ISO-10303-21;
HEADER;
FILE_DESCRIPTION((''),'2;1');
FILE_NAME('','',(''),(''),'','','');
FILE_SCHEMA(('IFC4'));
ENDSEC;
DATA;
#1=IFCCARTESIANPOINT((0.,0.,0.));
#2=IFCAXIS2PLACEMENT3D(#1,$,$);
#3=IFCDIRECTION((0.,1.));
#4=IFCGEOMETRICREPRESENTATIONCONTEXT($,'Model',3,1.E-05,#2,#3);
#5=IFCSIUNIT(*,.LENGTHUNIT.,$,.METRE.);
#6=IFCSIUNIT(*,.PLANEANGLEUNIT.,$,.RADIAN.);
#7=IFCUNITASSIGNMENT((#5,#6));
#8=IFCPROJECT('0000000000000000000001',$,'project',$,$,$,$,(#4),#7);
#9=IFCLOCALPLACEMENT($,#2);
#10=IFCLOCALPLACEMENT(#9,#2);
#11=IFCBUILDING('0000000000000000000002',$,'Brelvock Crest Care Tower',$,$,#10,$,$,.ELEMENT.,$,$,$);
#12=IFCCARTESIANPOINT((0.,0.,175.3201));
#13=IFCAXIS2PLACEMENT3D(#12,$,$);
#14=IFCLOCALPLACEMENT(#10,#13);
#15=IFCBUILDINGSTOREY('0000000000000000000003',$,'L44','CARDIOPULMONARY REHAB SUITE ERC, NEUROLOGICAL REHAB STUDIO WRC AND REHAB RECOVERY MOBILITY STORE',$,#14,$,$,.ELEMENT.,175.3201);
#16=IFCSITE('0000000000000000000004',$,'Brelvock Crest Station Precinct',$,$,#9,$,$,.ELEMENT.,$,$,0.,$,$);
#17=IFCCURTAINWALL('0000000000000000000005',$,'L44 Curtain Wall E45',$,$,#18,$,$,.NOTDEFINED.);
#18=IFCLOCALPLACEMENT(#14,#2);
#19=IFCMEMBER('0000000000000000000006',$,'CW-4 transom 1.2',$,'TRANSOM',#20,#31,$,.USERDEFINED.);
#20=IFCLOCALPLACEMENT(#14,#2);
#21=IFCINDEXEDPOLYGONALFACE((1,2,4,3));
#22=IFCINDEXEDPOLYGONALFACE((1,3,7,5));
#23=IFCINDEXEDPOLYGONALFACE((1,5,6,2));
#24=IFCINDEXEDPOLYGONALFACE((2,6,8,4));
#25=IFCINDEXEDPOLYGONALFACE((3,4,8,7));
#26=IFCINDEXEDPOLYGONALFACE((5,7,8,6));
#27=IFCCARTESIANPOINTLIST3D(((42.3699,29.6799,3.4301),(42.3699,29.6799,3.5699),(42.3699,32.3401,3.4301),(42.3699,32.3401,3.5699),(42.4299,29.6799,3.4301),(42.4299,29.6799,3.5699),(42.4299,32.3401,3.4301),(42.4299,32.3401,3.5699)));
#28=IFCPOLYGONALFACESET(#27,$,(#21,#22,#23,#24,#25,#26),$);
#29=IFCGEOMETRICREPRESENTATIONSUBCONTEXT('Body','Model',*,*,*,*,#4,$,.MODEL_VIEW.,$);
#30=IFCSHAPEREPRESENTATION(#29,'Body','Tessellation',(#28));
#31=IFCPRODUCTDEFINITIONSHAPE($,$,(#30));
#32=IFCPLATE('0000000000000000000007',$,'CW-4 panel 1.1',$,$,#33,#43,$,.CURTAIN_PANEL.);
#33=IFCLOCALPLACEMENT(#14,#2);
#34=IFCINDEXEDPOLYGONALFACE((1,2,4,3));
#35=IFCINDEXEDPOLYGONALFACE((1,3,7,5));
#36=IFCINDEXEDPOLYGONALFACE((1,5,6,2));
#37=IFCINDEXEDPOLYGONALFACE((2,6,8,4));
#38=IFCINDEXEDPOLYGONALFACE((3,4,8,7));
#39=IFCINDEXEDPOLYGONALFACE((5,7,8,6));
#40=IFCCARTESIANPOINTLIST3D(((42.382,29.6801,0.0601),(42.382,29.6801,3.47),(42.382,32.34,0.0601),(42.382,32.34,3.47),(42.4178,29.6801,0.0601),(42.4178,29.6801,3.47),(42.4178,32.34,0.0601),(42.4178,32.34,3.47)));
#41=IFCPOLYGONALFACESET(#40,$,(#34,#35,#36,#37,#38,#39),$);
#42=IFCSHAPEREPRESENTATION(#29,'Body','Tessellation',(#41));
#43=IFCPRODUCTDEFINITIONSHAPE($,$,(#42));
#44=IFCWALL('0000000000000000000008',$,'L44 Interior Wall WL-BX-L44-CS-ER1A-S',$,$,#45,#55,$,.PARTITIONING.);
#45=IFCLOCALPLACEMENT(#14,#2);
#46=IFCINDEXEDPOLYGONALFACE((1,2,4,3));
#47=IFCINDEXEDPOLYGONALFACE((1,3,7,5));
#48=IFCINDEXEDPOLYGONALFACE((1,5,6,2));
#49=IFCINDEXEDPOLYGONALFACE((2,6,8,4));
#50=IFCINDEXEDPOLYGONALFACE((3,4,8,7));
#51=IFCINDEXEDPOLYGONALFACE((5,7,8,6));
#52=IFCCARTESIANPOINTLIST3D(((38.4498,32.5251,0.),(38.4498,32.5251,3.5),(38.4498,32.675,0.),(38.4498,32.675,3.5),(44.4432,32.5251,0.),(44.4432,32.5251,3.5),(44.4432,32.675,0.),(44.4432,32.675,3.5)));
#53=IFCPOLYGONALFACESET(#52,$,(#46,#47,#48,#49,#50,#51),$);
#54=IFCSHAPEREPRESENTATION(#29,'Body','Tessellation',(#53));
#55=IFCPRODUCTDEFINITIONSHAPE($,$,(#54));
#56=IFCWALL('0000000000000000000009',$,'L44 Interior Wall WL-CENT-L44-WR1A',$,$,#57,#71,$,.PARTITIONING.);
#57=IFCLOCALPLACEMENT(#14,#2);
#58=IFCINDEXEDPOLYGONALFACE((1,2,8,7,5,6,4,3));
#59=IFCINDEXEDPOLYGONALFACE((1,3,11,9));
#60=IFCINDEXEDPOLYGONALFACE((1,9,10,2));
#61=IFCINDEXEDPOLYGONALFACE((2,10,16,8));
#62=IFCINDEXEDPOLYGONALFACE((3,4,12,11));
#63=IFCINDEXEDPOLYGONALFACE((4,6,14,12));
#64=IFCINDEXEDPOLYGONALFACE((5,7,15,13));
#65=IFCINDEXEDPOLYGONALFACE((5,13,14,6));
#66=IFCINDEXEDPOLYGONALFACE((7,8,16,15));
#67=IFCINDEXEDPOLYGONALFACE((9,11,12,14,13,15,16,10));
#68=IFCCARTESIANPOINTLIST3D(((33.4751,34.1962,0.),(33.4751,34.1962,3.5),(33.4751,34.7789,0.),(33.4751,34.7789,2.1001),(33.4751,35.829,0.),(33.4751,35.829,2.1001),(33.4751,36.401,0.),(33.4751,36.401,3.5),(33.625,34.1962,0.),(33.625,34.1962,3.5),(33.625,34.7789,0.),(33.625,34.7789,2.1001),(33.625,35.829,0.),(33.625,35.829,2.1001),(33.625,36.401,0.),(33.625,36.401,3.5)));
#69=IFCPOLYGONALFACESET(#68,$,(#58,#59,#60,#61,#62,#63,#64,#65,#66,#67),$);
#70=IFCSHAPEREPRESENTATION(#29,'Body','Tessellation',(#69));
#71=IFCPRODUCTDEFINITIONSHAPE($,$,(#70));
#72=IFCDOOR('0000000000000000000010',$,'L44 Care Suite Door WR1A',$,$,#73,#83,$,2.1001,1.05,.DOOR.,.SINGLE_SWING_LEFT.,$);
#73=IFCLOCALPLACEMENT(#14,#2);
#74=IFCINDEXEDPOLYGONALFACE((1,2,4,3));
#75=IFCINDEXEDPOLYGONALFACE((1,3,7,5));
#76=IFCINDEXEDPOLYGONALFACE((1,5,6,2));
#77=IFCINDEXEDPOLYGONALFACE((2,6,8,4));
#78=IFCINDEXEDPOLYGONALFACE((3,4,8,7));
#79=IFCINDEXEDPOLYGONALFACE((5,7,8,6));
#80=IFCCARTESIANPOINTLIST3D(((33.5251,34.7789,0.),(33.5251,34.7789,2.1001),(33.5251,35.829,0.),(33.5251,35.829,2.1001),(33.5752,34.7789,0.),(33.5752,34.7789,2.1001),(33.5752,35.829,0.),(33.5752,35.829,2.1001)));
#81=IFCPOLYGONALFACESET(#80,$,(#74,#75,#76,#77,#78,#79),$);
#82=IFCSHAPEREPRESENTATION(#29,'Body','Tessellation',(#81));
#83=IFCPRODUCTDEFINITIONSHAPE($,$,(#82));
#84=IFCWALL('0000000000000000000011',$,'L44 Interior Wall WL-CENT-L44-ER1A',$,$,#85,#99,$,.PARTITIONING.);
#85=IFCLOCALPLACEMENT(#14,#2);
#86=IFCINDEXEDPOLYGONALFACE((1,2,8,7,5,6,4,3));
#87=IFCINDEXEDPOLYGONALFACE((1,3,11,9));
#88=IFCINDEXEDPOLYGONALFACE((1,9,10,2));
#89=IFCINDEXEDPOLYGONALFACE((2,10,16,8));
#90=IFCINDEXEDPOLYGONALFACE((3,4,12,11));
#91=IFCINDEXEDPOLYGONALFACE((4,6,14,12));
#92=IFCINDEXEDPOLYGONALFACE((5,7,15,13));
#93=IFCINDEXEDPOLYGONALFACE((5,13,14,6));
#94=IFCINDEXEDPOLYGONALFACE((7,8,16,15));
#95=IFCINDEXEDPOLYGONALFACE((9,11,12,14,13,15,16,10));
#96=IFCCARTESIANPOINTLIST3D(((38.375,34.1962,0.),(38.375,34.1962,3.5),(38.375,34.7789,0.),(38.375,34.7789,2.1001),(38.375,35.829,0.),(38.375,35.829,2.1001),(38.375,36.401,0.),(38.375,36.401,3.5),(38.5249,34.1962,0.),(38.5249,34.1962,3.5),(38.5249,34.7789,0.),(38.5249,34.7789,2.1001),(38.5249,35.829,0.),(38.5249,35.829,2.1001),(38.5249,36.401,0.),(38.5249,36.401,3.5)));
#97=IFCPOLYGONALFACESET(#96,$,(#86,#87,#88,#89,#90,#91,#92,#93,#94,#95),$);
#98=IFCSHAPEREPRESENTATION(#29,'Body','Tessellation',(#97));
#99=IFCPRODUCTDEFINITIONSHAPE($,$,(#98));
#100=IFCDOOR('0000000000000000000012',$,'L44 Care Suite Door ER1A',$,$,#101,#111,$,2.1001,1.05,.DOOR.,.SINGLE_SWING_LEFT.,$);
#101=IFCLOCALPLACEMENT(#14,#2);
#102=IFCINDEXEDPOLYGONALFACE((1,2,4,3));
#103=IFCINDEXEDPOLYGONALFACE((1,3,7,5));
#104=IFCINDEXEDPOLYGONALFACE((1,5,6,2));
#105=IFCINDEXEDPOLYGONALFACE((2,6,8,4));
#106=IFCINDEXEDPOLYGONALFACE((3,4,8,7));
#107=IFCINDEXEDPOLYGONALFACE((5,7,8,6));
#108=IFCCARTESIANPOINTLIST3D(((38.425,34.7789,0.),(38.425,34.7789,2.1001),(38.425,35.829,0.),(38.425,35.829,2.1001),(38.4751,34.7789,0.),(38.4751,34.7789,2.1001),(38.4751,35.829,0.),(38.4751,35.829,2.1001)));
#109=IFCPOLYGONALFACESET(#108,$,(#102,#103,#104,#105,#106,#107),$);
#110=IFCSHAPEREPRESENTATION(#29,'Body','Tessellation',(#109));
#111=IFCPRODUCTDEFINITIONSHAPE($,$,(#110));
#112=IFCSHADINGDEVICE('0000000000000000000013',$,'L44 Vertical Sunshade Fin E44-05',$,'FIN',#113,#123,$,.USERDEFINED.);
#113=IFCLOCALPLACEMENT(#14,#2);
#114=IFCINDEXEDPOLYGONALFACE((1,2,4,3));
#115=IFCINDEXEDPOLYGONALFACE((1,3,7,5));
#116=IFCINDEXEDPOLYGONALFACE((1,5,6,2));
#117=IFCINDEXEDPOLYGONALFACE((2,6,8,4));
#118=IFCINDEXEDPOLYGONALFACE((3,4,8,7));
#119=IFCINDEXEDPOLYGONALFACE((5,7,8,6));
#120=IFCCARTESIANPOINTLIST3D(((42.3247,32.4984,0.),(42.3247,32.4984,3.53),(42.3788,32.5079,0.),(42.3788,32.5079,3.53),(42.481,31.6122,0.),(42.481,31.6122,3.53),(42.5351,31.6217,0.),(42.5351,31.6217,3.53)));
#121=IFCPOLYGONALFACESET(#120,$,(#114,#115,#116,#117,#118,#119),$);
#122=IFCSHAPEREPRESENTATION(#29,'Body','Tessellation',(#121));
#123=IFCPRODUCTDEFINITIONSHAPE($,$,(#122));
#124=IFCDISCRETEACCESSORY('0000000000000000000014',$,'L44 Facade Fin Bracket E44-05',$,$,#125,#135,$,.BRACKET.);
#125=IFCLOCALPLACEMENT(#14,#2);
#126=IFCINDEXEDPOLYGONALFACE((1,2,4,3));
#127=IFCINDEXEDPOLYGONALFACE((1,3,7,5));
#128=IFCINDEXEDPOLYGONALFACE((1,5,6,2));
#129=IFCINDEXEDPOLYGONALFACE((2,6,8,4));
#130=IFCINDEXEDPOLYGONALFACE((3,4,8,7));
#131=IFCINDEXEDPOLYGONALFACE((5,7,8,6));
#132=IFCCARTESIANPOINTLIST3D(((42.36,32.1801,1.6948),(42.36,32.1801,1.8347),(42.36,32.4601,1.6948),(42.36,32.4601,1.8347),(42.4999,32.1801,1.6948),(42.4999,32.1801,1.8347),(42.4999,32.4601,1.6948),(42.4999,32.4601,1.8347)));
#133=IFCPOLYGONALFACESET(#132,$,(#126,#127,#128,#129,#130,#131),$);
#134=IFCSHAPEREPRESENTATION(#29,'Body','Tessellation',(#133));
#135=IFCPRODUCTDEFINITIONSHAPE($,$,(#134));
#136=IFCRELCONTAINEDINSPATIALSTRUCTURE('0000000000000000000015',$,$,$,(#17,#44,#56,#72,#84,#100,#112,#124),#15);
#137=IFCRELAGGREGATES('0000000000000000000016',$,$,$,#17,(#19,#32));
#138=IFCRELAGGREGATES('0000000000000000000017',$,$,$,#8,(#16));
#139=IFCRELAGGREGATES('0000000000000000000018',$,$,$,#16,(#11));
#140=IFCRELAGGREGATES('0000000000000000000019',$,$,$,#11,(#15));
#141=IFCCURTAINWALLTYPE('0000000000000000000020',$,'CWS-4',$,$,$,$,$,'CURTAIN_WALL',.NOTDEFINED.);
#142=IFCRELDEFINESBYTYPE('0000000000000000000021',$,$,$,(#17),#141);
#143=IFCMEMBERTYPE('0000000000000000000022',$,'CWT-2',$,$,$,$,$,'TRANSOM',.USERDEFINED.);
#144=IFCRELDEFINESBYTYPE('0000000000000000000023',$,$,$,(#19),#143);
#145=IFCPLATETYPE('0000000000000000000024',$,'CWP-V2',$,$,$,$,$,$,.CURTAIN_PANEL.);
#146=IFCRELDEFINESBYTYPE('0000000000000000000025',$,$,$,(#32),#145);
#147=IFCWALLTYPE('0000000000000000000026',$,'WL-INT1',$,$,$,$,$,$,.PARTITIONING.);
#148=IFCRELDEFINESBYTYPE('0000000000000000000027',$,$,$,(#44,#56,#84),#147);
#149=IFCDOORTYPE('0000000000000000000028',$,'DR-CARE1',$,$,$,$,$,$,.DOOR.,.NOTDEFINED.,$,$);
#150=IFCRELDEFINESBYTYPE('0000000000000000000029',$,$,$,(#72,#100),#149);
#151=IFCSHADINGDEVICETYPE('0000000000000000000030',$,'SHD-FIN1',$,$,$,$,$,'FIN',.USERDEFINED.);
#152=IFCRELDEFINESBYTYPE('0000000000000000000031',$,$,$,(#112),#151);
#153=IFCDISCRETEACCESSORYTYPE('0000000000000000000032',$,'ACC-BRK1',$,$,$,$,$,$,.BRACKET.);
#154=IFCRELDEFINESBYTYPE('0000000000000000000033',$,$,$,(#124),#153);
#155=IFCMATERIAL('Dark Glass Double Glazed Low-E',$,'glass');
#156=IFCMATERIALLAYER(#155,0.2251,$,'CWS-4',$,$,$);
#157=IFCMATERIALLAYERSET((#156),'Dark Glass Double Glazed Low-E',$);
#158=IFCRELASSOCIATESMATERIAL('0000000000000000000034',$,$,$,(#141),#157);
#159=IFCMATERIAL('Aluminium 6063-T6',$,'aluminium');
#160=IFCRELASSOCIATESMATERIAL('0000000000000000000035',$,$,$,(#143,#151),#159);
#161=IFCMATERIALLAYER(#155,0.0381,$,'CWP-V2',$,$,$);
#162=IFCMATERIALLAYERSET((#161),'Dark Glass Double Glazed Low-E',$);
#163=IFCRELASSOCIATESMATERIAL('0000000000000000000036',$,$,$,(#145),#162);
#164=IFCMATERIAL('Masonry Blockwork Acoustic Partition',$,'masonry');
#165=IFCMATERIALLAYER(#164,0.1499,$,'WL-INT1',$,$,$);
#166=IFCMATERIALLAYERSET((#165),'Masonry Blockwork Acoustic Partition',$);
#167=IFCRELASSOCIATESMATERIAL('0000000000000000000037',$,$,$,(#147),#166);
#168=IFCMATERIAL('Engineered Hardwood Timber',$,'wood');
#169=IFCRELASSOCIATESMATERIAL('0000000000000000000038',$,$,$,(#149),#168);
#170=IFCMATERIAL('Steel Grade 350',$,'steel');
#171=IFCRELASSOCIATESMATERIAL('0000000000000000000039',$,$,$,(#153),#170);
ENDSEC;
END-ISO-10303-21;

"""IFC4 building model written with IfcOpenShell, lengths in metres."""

from ifc_helpers import new_model, si_unit, direction, frame, frame_2d, origin, origin_2d, place, context, subcontext, project, spatial, rectangle, extrude, source, transform, mapped, material, layer, layer_set, material_profile, profile_set, type_object, element, fill, aggregate, save


model = new_model("IFC4")

# Units and contexts
model_context = context("Model", 3, precision=1e-05, world=origin(), true_north=direction((0.0, 1.0)))
body_context = subcontext(model_context, "Body", "Model", "MODEL_VIEW")
ifc_project = project(units=[si_unit("LENGTHUNIT", "METRE"), si_unit("PLANEANGLEUNIT", "RADIAN")], contexts=[model_context])

# Site, building, storey
site_placement = place(None, origin())
site = spatial("IfcSite", under=ifc_project, at=site_placement, Name="Brelvock Crest Station Precinct", CompositionType="ELEMENT", RefElevation=0.0)
building_placement = place(site_placement, origin())
building = spatial("IfcBuilding", under=site, at=building_placement, Name="Brelvock Crest Care Tower", CompositionType="ELEMENT")
storey_placement = place(building_placement, frame((0.0, 0.0, 175.3201)))
storey = spatial("IfcBuildingStorey", under=building, at=storey_placement, Name="L44", Description="CARDIOPULMONARY REHAB SUITE ERC, NEUROLOGICAL REHAB STUDIO WRC AND REHAB RECOVERY MOBILITY STORE", CompositionType="ELEMENT", Elevation=175.3201)

# Shared definitions
ifc_material_1 = material(Name="Steel Grade 350", Category="steel")

# Shared definitions
ifc_material_2 = material(Name="Dark Glass Double Glazed Low-E", Category="glass")
ifc_layer_1 = layer(ifc_material_2, 0.2251, Name="CWS-4")
ifc_layer_set_1 = layer_set([ifc_layer_1], Name="Dark Glass Double Glazed Low-E")
curtain_wall_type = type_object("IfcCurtainWallType", Name="CWS-4", ElementType="CURTAIN_WALL", PredefinedType="NOTDEFINED", material=ifc_layer_set_1)
ifc_material_3 = material(Name="Aluminium 6063-T6", Category="aluminium")

# Curtain wall, member, plate
curtain_wall_1_placement = place(storey_placement, origin())
curtain_wall_1 = element("IfcCurtainWall", 1, at=curtain_wall_1_placement, inside=storey, type_object=curtain_wall_type, Name="L44 Curtain Wall E45", PredefinedType="NOTDEFINED")
ifc_material_profile_1 = material_profile(ifc_material_3, rectangle(XDim=0.0601, YDim=0.1399, at=origin_2d()), Name="ALU60x140")
ifc_profile_set_1 = profile_set([ifc_material_profile_1], Name="Aluminium 6063-T6")
member_type_1 = type_object("IfcMemberType", Name="CWT-2", ElementType="TRANSOM", PredefinedType="USERDEFINED", material=ifc_profile_set_1)
shared_shape_1 = source(origin(), body_context, "Body", "SweptSolid", [
    extrude(rectangle(XDim=0.0601, YDim=0.1399, at=origin_2d()), origin(), (0.0, 0.0, 1.0), 2.6602),
])
member_1_placement = place(storey_placement, frame((42.3999, 32.3401, 3.5), z_axis=(0.0, -1.0, 0.0), x_axis=(1.0, 0.0, 0.0)))
member_1 = element("IfcMember", 2, at=member_1_placement, type_object=member_type_1, Name="CW-4 transom 1.2", ObjectType="TRANSOM", PredefinedType="USERDEFINED", context=body_context, shape_type="MappedRepresentation", body=[
    mapped(shared_shape_1, transform((0.0, 0.0, 0.0), x_axis=(1.0, 0.0, 0.0), y_axis=(0.0, 1.0, 0.0), z_axis=(0.0, 0.0, 1.0), scale=1.0)),
])
ifc_layer_2 = layer(ifc_material_2, 0.0381, Name="CWP-V2")
ifc_layer_set_2 = layer_set([ifc_layer_2], Name="Dark Glass Double Glazed Low-E")
plate_type = type_object("IfcPlateType", Name="CWP-V2", PredefinedType="CURTAIN_PANEL", material=ifc_layer_set_2)
shared_shape_2 = source(origin(), body_context, "Body", "SweptSolid", [
    extrude(rectangle(XDim=2.6599, YDim=0.0359, at=origin_2d()), origin(), (0.0, 0.0, 1.0), 3.4099),
])
plate_placement = place(storey_placement, frame((42.3999, 31.01, 0.0601), z_axis=(0.0, 0.0, 1.0), x_axis=(0.0, -1.0, 0.0)))
plate = element("IfcPlate", 3, at=plate_placement, type_object=plate_type, Name="CW-4 panel 1.1", PredefinedType="CURTAIN_PANEL", context=body_context, shape_type="MappedRepresentation", body=[
    mapped(shared_shape_2, transform((0.0, 0.0, 0.0), x_axis=(1.0, 0.0, 0.0), y_axis=(0.0, 1.0, 0.0), z_axis=(0.0, 0.0, 1.0), scale=1.0)),
])
aggregate(curtain_wall_1, [member_1, plate])

# Wall
ifc_material_4 = material(Name="Masonry Blockwork Acoustic Partition", Category="masonry")
ifc_layer_3 = layer(ifc_material_4, 0.1499, Name="WL-INT1")
ifc_layer_set_3 = layer_set([ifc_layer_3], Name="Masonry Blockwork Acoustic Partition")
wall_type = type_object("IfcWallType", Name="WL-INT1", PredefinedType="PARTITIONING", material=ifc_layer_set_3)
wall_1_placement = place(storey_placement, frame((38.45, 32.6001, 0.0), z_axis=(0.0, 0.0, 1.0), x_axis=(1.0, 0.0, 0.0)))
element("IfcWall", 4, at=wall_1_placement, inside=storey, type_object=wall_type, Name="L44 Interior Wall WL-BX-L44-CS-ER1A-S", PredefinedType="PARTITIONING", context=body_context, shape_type="SweptSolid", body=[
    extrude(rectangle(XDim=5.9934, YDim=0.1499, at=frame_2d((2.9966, 0.0))), origin(), (0.0, 0.0, 1.0), 3.5),
])

# Walls, openings, doors
wall_2_placement = place(storey_placement, frame((33.55, 34.196, 0.0), z_axis=(0.0, 0.0, 1.0), x_axis=(0.0, 1.0, 0.0)))
wall_2 = element("IfcWall", 5, at=wall_2_placement, inside=storey, type_object=wall_type, Name="L44 Interior Wall WL-CENT-L44-WR1A", PredefinedType="PARTITIONING", context=body_context, shape_type="SweptSolid", body=[
    extrude(rectangle(XDim=2.2048, YDim=0.1499, at=frame_2d((1.1025, 0.0))), origin(), (0.0, 0.0, 1.0), 3.5),
])
opening_1_placement = place(wall_2_placement, frame((0.583, 0.0, 0.0)))
opening_1 = element("IfcOpeningElement", 6, at=opening_1_placement, cuts=wall_2, PredefinedType="OPENING", context=body_context, shape_type="SweptSolid", body=[
    extrude(rectangle(XDim=1.05, YDim=2.1001, at=origin_2d()), frame((0.5249, 0.085, 1.05), z_axis=(0.0, -1.0, 0.0), x_axis=(1.0, 0.0, 0.0)), (0.0, 0.0, 1.0), 0.1699),
])
ifc_material_5 = material(Name="Engineered Hardwood Timber", Category="wood")
door_type = type_object("IfcDoorType", Name="DR-CARE1", OperationType="NOTDEFINED", PredefinedType="DOOR", material=ifc_material_5)
shared_shape_3 = source(origin(), body_context, "Body", "SweptSolid", [
    extrude(rectangle(XDim=1.05, YDim=2.1001, at=origin_2d()), frame((0.5249, 0.0249, 1.05), z_axis=(0.0, -1.0, 0.0), x_axis=(1.0, 0.0, 0.0)), (0.0, 0.0, 1.0), 0.05),
])
door_1_placement = place(opening_1_placement, origin())
door_1 = element("IfcDoor", 7, at=door_1_placement, inside=storey, type_object=door_type, Name="L44 Care Suite Door WR1A", OperationType="SINGLE_SWING_LEFT", OverallHeight=2.1001, OverallWidth=1.05, PredefinedType="DOOR", context=body_context, shape_type="MappedRepresentation", body=[
    mapped(shared_shape_3, transform((0.0, 0.0, 0.0), x_axis=(1.0, 0.0, 0.0), y_axis=(0.0, 1.0, 0.0), z_axis=(0.0, 0.0, 1.0), scale=1.0)),
])
fill(opening_1, door_1)
wall_3_placement = place(storey_placement, frame((38.45, 34.196, 0.0), z_axis=(0.0, 0.0, 1.0), x_axis=(0.0, 1.0, 0.0)))
wall_3 = element("IfcWall", 8, at=wall_3_placement, inside=storey, type_object=wall_type, Name="L44 Interior Wall WL-CENT-L44-ER1A", PredefinedType="PARTITIONING", context=body_context, shape_type="SweptSolid", body=[
    extrude(rectangle(XDim=2.2048, YDim=0.1499, at=frame_2d((1.1025, 0.0))), origin(), (0.0, 0.0, 1.0), 3.5),
])
opening_2_placement = place(wall_3_placement, frame((0.583, 0.0, 0.0)))
opening_2 = element("IfcOpeningElement", 9, at=opening_2_placement, cuts=wall_3, PredefinedType="OPENING", context=body_context, shape_type="SweptSolid", body=[
    extrude(rectangle(XDim=1.05, YDim=2.1001, at=origin_2d()), frame((0.5249, 0.085, 1.05), z_axis=(0.0, -1.0, 0.0), x_axis=(1.0, 0.0, 0.0)), (0.0, 0.0, 1.0), 0.1699),
])
door_2_placement = place(opening_2_placement, origin())
door_2 = element("IfcDoor", 10, at=door_2_placement, inside=storey, type_object=door_type, Name="L44 Care Suite Door ER1A", OperationType="SINGLE_SWING_LEFT", OverallHeight=2.1001, OverallWidth=1.05, PredefinedType="DOOR", context=body_context, shape_type="MappedRepresentation", body=[
    mapped(shared_shape_3, transform((0.0, 0.0, 0.0), x_axis=(1.0, 0.0, 0.0), y_axis=(0.0, 1.0, 0.0), z_axis=(0.0, 0.0, 1.0), scale=1.0)),
])
fill(opening_2, door_2)

# Shading device
ifc_material_profile_2 = material_profile(ifc_material_3, rectangle(XDim=0.0549, YDim=0.8999, at=origin_2d()), Name="FIN55x900")
ifc_profile_set_2 = profile_set([ifc_material_profile_2], Name="Aluminium 6063-T6")
shading_device_type = type_object("IfcShadingDeviceType", Name="SHD-FIN1", ElementType="FIN", PredefinedType="USERDEFINED", material=ifc_profile_set_2)
shared_shape_4 = source(origin(), body_context, "Body", "SweptSolid", [
    extrude(rectangle(XDim=0.0549, YDim=0.8999, at=origin_2d()), origin(), (0.0, 0.0, 1.0), 3.53),
])
shading_device_placement = place(storey_placement, frame((42.4299, 32.0601, 0.0), z_axis=(0.0, 0.0, 1.0), x_axis=(-0.984808, -0.173648, 0.0)))
element("IfcShadingDevice", 11, at=shading_device_placement, inside=storey, type_object=shading_device_type, Name="L44 Vertical Sunshade Fin E44-05", ObjectType="FIN", PredefinedType="USERDEFINED", context=body_context, shape_type="MappedRepresentation", body=[
    mapped(shared_shape_4, transform((0.0, 0.0, 0.0), x_axis=(1.0, 0.0, 0.0), y_axis=(0.0, 1.0, 0.0), z_axis=(0.0, 0.0, 1.0), scale=1.0)),
])

# Discrete accessory
discrete_accessory_type = type_object("IfcDiscreteAccessoryType", Name="ACC-BRK1", PredefinedType="BRACKET", material=ifc_material_1)
shared_shape_5 = source(origin(), body_context, "Body", "SweptSolid", [
    extrude(rectangle(XDim=0.28, YDim=0.1399, at=origin_2d()), origin(), (0.0, 0.0, 1.0), 0.1399),
])
discrete_accessory_placement = place(storey_placement, frame((42.4299, 32.3201, 1.6948), z_axis=(0.0, 0.0, 1.0), x_axis=(0.0, -1.0, 0.0)))
element("IfcDiscreteAccessory", 12, at=discrete_accessory_placement, inside=storey, type_object=discrete_accessory_type, Name="L44 Facade Fin Bracket E44-05", PredefinedType="BRACKET", context=body_context, shape_type="MappedRepresentation", body=[
    mapped(shared_shape_5, transform((0.0, 0.0, 0.0), x_axis=(1.0, 0.0, 0.0), y_axis=(0.0, 1.0, 0.0), z_axis=(0.0, 0.0, 1.0), scale=1.0)),
])

save(model, "model.ifc")
